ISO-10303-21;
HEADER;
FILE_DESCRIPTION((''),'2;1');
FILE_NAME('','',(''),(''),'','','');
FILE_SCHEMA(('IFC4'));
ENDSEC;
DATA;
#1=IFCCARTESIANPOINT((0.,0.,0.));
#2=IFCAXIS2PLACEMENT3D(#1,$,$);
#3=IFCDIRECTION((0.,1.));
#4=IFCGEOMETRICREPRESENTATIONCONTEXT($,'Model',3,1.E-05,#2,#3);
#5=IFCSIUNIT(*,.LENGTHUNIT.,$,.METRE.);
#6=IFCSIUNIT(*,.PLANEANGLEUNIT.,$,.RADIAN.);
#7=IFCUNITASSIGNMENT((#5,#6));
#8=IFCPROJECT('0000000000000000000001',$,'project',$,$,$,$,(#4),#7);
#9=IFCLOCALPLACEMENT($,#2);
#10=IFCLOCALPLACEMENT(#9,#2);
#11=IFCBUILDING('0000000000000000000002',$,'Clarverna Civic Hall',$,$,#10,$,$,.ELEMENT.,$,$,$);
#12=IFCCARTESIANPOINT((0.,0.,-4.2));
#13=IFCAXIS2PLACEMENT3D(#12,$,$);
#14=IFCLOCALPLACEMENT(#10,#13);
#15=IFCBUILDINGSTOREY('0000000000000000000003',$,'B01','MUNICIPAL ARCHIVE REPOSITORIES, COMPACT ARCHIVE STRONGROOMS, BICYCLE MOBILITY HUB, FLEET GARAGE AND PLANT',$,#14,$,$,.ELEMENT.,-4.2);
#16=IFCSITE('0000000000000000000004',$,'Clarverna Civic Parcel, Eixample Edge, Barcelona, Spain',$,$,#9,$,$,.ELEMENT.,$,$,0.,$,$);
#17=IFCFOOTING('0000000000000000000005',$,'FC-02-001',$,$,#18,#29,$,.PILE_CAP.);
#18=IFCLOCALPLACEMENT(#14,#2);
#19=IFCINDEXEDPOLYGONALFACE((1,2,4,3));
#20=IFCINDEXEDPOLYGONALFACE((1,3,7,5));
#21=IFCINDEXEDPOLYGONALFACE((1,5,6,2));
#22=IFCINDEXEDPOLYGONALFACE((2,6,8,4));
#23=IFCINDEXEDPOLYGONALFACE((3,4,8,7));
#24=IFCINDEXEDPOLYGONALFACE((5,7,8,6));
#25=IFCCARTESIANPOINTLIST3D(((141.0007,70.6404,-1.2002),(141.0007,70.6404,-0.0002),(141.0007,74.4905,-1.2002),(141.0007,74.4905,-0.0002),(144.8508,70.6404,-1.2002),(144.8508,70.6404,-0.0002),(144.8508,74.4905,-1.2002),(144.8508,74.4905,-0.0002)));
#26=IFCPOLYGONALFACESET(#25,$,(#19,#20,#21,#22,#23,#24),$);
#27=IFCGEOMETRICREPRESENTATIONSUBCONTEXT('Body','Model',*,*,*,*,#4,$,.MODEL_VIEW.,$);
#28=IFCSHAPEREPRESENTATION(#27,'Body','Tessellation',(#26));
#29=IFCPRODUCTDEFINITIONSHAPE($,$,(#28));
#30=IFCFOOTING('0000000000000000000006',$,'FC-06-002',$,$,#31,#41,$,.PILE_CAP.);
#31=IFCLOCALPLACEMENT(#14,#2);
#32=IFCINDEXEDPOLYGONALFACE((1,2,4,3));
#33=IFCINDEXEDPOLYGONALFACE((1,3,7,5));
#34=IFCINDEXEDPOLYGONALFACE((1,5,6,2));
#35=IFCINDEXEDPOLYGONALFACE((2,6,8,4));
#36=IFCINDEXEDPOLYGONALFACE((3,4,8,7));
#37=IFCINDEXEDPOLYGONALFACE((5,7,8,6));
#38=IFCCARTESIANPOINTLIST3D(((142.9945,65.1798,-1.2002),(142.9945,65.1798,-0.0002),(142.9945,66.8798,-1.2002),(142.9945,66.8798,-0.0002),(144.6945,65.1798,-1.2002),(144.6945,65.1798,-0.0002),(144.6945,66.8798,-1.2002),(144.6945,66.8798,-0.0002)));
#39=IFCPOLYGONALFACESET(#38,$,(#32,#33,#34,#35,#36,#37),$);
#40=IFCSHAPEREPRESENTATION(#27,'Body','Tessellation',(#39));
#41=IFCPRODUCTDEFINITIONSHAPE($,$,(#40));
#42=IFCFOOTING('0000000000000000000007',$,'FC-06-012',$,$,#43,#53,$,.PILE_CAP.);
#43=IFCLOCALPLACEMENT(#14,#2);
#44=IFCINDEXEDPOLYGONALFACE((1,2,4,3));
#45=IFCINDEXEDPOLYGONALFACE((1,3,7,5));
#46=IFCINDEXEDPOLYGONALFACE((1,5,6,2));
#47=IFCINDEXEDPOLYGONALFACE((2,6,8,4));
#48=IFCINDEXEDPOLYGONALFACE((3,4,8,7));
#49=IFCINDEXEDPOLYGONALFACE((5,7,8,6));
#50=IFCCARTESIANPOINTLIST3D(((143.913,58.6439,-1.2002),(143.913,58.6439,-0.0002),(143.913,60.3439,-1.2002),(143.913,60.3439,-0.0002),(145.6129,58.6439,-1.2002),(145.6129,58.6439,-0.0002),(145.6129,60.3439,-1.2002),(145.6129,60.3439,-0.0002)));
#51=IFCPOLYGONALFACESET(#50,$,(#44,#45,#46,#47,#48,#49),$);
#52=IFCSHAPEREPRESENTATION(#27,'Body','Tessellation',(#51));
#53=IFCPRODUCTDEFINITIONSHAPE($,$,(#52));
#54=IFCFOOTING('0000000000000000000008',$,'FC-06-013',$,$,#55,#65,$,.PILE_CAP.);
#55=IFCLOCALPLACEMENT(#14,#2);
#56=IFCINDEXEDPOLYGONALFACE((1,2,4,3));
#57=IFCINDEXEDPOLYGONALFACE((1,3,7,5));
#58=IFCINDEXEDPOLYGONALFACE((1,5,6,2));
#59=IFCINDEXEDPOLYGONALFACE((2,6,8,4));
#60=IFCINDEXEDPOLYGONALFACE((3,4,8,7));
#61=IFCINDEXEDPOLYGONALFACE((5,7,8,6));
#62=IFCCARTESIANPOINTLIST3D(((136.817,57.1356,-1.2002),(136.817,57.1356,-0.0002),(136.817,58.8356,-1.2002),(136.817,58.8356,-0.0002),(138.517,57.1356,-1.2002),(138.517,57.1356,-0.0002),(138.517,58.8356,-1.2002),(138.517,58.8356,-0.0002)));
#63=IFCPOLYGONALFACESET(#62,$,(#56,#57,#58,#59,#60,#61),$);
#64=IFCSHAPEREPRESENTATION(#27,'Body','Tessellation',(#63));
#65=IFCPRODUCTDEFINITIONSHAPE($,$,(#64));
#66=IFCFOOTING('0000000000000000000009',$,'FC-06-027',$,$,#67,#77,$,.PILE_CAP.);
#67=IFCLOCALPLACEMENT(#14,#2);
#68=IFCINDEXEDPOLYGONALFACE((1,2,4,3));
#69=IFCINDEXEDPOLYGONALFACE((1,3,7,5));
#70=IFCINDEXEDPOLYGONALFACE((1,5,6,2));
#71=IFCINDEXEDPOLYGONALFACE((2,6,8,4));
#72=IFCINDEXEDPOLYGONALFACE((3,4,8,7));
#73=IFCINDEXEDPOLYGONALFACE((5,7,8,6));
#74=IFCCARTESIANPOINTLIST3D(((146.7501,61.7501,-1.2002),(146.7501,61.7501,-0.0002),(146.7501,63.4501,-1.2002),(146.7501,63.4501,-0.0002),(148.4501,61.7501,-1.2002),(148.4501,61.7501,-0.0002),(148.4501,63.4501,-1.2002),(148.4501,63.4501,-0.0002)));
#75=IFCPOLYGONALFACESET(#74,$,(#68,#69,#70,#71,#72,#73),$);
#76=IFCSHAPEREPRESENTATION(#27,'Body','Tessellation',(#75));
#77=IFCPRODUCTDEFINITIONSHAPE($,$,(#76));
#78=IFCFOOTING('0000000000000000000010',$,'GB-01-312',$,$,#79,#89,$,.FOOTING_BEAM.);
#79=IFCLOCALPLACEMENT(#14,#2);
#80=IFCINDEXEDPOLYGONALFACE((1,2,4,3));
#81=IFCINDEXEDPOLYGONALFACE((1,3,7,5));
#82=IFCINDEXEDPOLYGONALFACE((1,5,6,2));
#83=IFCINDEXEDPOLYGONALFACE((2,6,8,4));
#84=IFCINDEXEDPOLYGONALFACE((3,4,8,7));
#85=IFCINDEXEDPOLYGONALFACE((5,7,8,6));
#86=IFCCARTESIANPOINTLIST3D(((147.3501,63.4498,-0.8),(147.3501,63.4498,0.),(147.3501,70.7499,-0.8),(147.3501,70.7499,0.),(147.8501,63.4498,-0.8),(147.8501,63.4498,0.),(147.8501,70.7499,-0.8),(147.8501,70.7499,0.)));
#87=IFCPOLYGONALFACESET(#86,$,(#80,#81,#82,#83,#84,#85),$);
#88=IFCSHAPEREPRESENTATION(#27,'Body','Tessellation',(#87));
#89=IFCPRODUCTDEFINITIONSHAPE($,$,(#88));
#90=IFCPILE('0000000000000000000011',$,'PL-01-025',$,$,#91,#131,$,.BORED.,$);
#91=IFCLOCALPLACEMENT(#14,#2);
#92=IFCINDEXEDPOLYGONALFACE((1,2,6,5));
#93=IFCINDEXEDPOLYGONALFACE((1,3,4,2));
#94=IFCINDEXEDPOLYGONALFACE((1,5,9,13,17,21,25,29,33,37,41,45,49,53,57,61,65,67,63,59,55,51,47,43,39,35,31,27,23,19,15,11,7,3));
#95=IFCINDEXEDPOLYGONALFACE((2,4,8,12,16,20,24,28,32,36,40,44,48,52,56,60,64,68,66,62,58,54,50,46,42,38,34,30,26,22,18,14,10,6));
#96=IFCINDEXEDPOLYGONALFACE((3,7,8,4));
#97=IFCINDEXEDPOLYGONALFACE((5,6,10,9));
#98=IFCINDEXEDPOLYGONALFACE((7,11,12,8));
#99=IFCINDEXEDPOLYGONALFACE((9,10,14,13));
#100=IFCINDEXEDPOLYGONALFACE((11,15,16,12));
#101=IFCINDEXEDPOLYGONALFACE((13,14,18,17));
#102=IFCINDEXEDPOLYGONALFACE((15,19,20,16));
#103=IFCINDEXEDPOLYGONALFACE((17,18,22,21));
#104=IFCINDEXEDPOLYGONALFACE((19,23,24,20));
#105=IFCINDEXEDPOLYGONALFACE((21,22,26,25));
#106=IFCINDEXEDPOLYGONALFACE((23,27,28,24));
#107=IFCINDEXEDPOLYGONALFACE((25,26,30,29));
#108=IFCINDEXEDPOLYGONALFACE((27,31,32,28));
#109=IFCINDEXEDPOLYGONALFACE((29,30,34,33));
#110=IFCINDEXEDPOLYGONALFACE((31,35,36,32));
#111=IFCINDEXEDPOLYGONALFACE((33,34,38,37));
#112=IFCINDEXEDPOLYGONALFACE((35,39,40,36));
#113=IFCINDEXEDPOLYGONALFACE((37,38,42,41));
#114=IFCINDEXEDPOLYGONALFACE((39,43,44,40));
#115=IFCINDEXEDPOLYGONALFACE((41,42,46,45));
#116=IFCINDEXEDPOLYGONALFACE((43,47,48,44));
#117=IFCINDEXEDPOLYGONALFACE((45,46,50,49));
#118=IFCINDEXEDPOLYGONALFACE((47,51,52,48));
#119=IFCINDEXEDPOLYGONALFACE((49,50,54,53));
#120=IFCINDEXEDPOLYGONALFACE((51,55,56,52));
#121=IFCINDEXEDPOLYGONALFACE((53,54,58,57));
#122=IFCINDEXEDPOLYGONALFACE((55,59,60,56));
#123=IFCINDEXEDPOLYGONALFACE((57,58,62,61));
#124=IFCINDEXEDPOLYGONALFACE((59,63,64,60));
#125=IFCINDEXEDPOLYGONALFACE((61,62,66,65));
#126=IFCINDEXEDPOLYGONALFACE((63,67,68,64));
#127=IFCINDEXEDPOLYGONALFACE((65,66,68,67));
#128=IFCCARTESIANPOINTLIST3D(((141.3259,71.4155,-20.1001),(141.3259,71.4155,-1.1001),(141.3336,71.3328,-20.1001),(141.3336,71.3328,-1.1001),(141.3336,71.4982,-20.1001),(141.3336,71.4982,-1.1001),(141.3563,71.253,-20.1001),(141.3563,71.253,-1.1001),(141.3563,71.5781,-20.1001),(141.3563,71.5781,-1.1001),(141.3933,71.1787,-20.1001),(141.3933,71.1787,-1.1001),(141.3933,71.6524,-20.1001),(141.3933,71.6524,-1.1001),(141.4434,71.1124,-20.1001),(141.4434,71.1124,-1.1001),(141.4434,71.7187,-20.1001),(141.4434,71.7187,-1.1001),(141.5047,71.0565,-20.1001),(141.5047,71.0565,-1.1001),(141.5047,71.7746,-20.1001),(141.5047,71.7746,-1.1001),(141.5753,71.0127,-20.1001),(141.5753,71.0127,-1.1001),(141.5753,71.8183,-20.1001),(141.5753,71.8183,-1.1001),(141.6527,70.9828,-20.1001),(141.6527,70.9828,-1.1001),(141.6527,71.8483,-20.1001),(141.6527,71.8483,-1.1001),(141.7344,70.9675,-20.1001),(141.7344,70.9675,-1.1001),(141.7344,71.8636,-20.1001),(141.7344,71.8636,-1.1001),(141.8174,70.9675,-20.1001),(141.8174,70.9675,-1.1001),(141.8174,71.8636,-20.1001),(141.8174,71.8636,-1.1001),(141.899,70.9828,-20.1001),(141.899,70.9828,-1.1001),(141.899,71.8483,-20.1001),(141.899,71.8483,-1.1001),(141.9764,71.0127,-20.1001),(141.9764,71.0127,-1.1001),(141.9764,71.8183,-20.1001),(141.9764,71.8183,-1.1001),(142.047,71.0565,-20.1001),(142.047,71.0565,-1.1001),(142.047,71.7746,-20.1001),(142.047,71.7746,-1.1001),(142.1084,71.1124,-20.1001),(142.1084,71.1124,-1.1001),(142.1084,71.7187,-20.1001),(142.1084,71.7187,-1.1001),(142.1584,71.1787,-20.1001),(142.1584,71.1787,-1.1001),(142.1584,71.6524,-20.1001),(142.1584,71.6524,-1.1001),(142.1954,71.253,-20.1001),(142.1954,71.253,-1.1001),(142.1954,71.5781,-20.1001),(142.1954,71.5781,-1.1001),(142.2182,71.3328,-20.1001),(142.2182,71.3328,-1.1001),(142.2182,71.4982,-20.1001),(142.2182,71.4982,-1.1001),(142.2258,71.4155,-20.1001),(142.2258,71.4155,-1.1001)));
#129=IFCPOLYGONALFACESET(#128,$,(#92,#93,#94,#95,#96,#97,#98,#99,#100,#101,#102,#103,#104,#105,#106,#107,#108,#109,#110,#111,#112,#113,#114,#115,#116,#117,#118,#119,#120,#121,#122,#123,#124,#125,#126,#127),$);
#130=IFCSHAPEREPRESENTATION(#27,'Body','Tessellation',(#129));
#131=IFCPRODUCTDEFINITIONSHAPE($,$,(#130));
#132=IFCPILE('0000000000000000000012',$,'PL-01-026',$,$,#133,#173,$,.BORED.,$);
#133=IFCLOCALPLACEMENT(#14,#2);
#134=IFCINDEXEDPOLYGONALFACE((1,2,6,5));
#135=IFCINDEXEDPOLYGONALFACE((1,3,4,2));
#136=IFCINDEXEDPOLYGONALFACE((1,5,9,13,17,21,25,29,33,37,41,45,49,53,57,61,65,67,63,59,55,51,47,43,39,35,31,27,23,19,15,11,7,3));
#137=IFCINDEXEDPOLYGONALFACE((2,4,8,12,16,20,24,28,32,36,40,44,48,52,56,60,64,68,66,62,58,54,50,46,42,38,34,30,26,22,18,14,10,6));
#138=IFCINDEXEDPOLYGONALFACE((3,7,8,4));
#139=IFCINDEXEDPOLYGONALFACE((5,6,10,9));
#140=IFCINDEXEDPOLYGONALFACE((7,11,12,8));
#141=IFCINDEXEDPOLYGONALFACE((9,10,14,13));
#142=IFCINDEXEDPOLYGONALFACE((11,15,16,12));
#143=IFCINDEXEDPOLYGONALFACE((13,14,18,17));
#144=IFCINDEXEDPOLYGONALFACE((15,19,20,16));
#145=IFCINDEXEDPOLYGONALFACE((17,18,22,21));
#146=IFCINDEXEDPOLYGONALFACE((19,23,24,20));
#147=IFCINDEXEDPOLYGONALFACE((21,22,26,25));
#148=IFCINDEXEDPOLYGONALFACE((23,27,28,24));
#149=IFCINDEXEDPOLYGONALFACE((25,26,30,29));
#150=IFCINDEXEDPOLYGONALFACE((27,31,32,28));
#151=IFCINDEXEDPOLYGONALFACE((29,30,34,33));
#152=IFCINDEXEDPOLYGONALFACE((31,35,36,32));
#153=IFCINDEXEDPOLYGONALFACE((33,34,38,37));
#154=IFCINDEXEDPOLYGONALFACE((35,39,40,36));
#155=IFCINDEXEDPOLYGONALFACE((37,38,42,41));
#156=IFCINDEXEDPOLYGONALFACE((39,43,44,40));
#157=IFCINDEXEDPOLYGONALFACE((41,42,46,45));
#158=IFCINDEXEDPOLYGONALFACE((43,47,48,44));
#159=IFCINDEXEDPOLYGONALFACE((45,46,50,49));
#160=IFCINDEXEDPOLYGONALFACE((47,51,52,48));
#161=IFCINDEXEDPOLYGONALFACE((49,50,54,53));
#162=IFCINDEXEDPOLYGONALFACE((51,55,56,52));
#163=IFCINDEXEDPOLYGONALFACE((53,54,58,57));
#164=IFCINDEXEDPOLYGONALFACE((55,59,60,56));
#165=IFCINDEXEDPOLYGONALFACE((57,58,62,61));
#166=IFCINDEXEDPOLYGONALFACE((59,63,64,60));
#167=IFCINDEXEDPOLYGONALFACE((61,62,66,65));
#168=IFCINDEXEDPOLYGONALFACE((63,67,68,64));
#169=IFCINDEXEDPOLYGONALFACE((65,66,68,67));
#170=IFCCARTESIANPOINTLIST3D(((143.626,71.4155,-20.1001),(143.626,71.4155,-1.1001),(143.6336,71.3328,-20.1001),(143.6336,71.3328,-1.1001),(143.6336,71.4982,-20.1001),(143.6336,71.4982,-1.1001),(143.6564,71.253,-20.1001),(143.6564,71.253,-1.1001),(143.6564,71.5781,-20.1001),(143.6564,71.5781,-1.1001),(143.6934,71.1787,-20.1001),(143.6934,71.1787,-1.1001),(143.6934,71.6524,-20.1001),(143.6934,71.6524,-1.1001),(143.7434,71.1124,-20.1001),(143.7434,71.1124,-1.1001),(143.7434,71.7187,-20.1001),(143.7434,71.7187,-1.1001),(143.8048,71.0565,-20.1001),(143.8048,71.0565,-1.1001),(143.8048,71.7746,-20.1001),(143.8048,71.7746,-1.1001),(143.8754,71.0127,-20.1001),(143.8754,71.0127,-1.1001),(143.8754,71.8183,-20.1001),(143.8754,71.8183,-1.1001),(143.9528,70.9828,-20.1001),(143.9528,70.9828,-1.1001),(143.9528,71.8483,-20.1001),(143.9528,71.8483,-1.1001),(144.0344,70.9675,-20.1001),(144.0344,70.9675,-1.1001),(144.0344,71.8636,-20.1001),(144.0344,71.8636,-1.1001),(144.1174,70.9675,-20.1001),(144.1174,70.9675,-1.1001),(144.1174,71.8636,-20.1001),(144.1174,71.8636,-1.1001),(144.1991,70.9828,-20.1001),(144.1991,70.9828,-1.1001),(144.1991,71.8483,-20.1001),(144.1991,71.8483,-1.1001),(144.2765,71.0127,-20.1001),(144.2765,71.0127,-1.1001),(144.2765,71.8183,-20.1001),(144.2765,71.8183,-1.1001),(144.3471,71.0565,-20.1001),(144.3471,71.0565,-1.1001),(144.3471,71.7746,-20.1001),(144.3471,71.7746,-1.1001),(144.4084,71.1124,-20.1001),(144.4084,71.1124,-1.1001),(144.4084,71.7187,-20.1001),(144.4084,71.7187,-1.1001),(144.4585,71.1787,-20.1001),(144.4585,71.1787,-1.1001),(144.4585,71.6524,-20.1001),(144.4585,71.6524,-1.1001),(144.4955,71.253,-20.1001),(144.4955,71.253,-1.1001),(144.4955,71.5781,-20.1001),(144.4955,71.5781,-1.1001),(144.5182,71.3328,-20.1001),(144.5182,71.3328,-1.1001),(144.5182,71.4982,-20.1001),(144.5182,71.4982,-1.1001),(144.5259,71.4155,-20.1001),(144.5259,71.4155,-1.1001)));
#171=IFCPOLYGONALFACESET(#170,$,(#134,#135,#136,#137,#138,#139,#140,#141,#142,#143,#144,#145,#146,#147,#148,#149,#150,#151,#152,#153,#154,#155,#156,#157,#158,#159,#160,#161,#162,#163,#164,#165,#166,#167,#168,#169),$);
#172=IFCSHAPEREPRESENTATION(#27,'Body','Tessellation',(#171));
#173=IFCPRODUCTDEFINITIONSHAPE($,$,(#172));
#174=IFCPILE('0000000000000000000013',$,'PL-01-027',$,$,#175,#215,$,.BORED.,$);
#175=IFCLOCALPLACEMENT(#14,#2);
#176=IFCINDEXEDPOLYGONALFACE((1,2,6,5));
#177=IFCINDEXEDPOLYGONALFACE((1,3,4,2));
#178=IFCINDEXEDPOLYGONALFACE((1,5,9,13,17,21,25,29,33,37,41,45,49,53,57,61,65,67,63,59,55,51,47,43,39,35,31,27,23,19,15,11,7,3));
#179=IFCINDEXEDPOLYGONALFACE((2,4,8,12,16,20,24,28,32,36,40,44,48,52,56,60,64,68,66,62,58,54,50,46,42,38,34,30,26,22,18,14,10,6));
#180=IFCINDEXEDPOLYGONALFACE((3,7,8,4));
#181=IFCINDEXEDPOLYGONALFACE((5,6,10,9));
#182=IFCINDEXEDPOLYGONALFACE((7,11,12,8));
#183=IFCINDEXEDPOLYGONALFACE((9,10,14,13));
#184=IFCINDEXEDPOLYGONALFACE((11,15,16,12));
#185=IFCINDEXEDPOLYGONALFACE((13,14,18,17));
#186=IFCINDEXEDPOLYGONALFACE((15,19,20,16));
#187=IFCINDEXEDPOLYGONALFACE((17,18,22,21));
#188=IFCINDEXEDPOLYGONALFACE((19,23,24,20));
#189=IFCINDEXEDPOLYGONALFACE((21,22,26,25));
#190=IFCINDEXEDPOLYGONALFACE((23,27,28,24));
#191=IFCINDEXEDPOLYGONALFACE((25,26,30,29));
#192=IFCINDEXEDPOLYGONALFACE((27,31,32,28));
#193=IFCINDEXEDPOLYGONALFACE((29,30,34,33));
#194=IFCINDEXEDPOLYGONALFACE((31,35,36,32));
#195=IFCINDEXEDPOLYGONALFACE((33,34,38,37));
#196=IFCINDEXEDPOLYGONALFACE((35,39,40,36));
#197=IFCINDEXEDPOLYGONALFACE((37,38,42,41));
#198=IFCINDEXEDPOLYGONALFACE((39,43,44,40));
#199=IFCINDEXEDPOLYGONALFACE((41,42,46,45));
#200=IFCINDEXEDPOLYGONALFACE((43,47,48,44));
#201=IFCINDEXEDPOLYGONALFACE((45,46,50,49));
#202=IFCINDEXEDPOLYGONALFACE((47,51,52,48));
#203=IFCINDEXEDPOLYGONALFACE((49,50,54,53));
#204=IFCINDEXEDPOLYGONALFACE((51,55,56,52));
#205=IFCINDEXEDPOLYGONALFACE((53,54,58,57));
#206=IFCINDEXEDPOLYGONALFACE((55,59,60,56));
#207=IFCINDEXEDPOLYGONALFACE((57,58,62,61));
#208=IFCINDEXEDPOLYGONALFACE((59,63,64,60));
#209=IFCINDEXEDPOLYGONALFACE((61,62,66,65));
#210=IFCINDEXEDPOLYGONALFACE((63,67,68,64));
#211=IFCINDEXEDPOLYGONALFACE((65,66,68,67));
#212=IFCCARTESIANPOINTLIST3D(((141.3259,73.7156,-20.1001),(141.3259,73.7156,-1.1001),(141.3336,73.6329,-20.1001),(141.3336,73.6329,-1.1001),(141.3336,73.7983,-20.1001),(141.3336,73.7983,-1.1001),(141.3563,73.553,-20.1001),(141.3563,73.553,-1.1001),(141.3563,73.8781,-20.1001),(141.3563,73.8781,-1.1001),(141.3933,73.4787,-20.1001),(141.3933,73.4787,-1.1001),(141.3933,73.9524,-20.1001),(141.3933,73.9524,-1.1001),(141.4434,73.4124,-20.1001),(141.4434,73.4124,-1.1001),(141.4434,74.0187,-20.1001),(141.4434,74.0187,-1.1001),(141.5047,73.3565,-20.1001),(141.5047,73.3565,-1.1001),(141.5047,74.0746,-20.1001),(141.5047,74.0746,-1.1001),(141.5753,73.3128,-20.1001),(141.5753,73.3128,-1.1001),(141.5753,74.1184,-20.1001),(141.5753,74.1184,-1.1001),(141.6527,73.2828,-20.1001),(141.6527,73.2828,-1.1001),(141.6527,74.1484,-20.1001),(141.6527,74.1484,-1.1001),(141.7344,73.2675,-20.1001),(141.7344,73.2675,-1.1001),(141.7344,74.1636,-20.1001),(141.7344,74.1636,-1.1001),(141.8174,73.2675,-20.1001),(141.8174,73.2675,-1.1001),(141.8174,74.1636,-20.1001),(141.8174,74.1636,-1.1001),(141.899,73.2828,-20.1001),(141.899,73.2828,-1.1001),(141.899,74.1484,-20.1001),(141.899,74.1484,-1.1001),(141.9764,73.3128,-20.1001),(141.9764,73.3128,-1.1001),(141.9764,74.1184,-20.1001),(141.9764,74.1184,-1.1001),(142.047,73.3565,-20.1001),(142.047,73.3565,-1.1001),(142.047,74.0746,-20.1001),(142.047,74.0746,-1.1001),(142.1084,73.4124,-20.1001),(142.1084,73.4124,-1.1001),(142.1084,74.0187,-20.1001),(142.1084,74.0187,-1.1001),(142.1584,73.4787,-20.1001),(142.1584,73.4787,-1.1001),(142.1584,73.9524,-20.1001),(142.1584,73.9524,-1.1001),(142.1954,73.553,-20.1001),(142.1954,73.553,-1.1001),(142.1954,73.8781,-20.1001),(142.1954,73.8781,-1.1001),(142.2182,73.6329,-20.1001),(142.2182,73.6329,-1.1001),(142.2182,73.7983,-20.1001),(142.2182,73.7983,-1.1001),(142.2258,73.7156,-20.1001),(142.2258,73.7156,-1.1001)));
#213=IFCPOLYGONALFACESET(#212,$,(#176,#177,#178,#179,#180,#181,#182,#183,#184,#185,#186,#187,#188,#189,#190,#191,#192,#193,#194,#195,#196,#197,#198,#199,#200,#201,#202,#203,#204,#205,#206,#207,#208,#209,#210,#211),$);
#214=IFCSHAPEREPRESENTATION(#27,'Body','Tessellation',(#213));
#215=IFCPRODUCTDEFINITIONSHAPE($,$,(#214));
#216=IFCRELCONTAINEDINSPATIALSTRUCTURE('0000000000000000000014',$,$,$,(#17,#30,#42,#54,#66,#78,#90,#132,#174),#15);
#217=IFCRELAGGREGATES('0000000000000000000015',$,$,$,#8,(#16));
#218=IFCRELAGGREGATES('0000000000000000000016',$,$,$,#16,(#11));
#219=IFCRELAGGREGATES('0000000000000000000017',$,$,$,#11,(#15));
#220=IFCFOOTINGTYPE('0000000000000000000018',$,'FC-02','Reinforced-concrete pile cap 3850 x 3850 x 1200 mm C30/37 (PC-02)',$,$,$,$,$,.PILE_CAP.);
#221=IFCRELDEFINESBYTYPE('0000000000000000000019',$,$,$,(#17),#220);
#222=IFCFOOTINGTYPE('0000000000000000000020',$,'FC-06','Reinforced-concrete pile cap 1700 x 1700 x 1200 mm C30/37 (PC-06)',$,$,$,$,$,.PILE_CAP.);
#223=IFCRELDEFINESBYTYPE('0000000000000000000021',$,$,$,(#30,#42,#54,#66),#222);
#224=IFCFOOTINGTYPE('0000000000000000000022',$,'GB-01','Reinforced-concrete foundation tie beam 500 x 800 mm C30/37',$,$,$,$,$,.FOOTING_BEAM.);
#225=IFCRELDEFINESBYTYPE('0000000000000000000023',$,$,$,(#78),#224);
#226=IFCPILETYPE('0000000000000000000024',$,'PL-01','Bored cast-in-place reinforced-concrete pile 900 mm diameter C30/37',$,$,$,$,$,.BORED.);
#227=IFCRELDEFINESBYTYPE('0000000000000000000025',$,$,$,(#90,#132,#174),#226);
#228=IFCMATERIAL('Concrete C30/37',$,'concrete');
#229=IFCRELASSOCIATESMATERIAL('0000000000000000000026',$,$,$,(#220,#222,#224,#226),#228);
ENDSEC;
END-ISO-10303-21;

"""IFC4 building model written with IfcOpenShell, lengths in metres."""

from ifc_helpers import new_model, si_unit, direction, frame, frame_2d, origin, origin_2d, place, context, subcontext, project, spatial, rectangle, circle, extrude, material, material_profile, profile_set, type_object, element, save


model = new_model("IFC4")

# Units and contexts
model_context = context("Model", 3, precision=1e-05, world=origin(), true_north=direction((0.0, 1.0)))
body_context = subcontext(model_context, "Body", "Model", "MODEL_VIEW")
ifc_project = project(units=[si_unit("LENGTHUNIT", "METRE"), si_unit("PLANEANGLEUNIT", "RADIAN")], contexts=[model_context])

# Site, building, storey
site_placement = place(None, origin())
site = spatial("IfcSite", under=ifc_project, at=site_placement, Name="Clarverna Civic Parcel, Eixample Edge, Barcelona, Spain", CompositionType="ELEMENT", RefElevation=0.0)
building_placement = place(site_placement, origin())
building = spatial("IfcBuilding", under=site, at=building_placement, Name="Clarverna Civic Hall", CompositionType="ELEMENT")
storey_placement = place(building_placement, frame((0.0, 0.0, -4.2)))
storey = spatial("IfcBuildingStorey", under=building, at=storey_placement, Name="B01", Description="MUNICIPAL ARCHIVE REPOSITORIES, COMPACT ARCHIVE STRONGROOMS, BICYCLE MOBILITY HUB, FLEET GARAGE AND PLANT", CompositionType="ELEMENT", Elevation=-4.2)

# Footings
ifc_material_1 = material(Name="Concrete C30/37", Category="concrete")
footing_type_1 = type_object("IfcFootingType", Name="FC-02", Description="Reinforced-concrete pile cap 3850 x 3850 x 1200 mm C30/37 (PC-02)", PredefinedType="PILE_CAP", material=ifc_material_1)
footing_1_placement = place(storey_placement, frame((142.9258, 72.5654, -1.2002), z_axis=(0.0, 0.0, 1.0), x_axis=(1.0, 0.0, 0.0)))
element("IfcFooting", 1, at=footing_1_placement, inside=storey, type_object=footing_type_1, Name="FC-02-001", PredefinedType="PILE_CAP", context=body_context, shape_type="SweptSolid", body=[
    extrude(rectangle(XDim=3.8501, YDim=3.8501, at=origin_2d()), origin(), (0.0, 0.0, 1.0), 1.2),
])
footing_type_2 = type_object("IfcFootingType", Name="FC-06", Description="Reinforced-concrete pile cap 1700 x 1700 x 1200 mm C30/37 (PC-06)", PredefinedType="PILE_CAP", material=ifc_material_1)
for number, where, z_axis, x_axis, name in (
    (2, (143.8445, 66.0298, -1.2002), (0.0, 0.0, 1.0), (1.0, 0.0, 0.0), "FC-06-002"),
    (3, (144.7629, 59.4939, -1.2002), (0.0, 0.0, 1.0), (1.0, 0.0, 0.0), "FC-06-012"),
    (4, (137.667, 57.9856, -1.2002), (0.0, 0.0, 1.0), (1.0, 0.0, 0.0), "FC-06-013"),
    (5, (147.6001, 62.6001, -1.2002), (0.0, 0.0, 1.0), (1.0, 0.0, 0.0), "FC-06-027"),
):
    element("IfcFooting", number, at=place(storey_placement, frame(where, z_axis=z_axis, x_axis=x_axis)), inside=storey, type_object=footing_type_2, Name=name, PredefinedType="PILE_CAP", context=body_context, shape_type="SweptSolid", body=[
        extrude(rectangle(XDim=1.7, YDim=1.7, at=origin_2d()), origin(), (0.0, 0.0, 1.0), 1.2),
    ])
footing_type_3 = type_object("IfcFootingType", Name="GB-01", Description="Reinforced-concrete foundation tie beam 500 x 800 mm C30/37", PredefinedType="FOOTING_BEAM", material=ifc_material_1)
footing_2_placement = place(storey_placement, frame((147.6001, 63.45, -0.8), z_axis=(0.0, 0.0, 1.0), x_axis=(0.0, 1.0, 0.0)))
element("IfcFooting", 6, at=footing_2_placement, inside=storey, type_object=footing_type_3, Name="GB-01-312", PredefinedType="FOOTING_BEAM", context=body_context, shape_type="SweptSolid", body=[
    extrude(rectangle(XDim=7.3, YDim=0.5, at=frame_2d((3.6499, 0.0))), origin(), (0.0, 0.0, 1.0), 0.8),
])

# Piles
ifc_material_profile_1 = material_profile(ifc_material_1, circle(Radius=0.45, at=origin_2d()), Name="BORED PILE D900")
ifc_profile_set_1 = profile_set([ifc_material_profile_1], Name="Concrete C30/37")
pile_type = type_object("IfcPileType", Name="PL-01", Description="Bored cast-in-place reinforced-concrete pile 900 mm diameter C30/37", PredefinedType="BORED", material=ifc_profile_set_1)
for number, where, z_axis, x_axis, name in (
    (7, (141.7759, 71.4155, -1.1001), (0.0, 0.0, -1.0), (1.0, 0.0, 0.0), "PL-01-025"),
    (8, (144.0759, 71.4155, -1.1001), (0.0, 0.0, -1.0), (1.0, 0.0, 0.0), "PL-01-026"),
    (9, (141.7759, 73.7156, -1.1001), (0.0, 0.0, -1.0), (1.0, 0.0, 0.0), "PL-01-027"),
):
    element("IfcPile", number, at=place(storey_placement, frame(where, z_axis=z_axis, x_axis=x_axis)), inside=storey, type_object=pile_type, Name=name, PredefinedType="BORED", context=body_context, shape_type="SweptSolid", body=[
        extrude(circle(Radius=0.45, at=origin_2d()), origin(), (0.0, 0.0, 1.0), 19.0),
    ])

save(model, "model.ifc")
